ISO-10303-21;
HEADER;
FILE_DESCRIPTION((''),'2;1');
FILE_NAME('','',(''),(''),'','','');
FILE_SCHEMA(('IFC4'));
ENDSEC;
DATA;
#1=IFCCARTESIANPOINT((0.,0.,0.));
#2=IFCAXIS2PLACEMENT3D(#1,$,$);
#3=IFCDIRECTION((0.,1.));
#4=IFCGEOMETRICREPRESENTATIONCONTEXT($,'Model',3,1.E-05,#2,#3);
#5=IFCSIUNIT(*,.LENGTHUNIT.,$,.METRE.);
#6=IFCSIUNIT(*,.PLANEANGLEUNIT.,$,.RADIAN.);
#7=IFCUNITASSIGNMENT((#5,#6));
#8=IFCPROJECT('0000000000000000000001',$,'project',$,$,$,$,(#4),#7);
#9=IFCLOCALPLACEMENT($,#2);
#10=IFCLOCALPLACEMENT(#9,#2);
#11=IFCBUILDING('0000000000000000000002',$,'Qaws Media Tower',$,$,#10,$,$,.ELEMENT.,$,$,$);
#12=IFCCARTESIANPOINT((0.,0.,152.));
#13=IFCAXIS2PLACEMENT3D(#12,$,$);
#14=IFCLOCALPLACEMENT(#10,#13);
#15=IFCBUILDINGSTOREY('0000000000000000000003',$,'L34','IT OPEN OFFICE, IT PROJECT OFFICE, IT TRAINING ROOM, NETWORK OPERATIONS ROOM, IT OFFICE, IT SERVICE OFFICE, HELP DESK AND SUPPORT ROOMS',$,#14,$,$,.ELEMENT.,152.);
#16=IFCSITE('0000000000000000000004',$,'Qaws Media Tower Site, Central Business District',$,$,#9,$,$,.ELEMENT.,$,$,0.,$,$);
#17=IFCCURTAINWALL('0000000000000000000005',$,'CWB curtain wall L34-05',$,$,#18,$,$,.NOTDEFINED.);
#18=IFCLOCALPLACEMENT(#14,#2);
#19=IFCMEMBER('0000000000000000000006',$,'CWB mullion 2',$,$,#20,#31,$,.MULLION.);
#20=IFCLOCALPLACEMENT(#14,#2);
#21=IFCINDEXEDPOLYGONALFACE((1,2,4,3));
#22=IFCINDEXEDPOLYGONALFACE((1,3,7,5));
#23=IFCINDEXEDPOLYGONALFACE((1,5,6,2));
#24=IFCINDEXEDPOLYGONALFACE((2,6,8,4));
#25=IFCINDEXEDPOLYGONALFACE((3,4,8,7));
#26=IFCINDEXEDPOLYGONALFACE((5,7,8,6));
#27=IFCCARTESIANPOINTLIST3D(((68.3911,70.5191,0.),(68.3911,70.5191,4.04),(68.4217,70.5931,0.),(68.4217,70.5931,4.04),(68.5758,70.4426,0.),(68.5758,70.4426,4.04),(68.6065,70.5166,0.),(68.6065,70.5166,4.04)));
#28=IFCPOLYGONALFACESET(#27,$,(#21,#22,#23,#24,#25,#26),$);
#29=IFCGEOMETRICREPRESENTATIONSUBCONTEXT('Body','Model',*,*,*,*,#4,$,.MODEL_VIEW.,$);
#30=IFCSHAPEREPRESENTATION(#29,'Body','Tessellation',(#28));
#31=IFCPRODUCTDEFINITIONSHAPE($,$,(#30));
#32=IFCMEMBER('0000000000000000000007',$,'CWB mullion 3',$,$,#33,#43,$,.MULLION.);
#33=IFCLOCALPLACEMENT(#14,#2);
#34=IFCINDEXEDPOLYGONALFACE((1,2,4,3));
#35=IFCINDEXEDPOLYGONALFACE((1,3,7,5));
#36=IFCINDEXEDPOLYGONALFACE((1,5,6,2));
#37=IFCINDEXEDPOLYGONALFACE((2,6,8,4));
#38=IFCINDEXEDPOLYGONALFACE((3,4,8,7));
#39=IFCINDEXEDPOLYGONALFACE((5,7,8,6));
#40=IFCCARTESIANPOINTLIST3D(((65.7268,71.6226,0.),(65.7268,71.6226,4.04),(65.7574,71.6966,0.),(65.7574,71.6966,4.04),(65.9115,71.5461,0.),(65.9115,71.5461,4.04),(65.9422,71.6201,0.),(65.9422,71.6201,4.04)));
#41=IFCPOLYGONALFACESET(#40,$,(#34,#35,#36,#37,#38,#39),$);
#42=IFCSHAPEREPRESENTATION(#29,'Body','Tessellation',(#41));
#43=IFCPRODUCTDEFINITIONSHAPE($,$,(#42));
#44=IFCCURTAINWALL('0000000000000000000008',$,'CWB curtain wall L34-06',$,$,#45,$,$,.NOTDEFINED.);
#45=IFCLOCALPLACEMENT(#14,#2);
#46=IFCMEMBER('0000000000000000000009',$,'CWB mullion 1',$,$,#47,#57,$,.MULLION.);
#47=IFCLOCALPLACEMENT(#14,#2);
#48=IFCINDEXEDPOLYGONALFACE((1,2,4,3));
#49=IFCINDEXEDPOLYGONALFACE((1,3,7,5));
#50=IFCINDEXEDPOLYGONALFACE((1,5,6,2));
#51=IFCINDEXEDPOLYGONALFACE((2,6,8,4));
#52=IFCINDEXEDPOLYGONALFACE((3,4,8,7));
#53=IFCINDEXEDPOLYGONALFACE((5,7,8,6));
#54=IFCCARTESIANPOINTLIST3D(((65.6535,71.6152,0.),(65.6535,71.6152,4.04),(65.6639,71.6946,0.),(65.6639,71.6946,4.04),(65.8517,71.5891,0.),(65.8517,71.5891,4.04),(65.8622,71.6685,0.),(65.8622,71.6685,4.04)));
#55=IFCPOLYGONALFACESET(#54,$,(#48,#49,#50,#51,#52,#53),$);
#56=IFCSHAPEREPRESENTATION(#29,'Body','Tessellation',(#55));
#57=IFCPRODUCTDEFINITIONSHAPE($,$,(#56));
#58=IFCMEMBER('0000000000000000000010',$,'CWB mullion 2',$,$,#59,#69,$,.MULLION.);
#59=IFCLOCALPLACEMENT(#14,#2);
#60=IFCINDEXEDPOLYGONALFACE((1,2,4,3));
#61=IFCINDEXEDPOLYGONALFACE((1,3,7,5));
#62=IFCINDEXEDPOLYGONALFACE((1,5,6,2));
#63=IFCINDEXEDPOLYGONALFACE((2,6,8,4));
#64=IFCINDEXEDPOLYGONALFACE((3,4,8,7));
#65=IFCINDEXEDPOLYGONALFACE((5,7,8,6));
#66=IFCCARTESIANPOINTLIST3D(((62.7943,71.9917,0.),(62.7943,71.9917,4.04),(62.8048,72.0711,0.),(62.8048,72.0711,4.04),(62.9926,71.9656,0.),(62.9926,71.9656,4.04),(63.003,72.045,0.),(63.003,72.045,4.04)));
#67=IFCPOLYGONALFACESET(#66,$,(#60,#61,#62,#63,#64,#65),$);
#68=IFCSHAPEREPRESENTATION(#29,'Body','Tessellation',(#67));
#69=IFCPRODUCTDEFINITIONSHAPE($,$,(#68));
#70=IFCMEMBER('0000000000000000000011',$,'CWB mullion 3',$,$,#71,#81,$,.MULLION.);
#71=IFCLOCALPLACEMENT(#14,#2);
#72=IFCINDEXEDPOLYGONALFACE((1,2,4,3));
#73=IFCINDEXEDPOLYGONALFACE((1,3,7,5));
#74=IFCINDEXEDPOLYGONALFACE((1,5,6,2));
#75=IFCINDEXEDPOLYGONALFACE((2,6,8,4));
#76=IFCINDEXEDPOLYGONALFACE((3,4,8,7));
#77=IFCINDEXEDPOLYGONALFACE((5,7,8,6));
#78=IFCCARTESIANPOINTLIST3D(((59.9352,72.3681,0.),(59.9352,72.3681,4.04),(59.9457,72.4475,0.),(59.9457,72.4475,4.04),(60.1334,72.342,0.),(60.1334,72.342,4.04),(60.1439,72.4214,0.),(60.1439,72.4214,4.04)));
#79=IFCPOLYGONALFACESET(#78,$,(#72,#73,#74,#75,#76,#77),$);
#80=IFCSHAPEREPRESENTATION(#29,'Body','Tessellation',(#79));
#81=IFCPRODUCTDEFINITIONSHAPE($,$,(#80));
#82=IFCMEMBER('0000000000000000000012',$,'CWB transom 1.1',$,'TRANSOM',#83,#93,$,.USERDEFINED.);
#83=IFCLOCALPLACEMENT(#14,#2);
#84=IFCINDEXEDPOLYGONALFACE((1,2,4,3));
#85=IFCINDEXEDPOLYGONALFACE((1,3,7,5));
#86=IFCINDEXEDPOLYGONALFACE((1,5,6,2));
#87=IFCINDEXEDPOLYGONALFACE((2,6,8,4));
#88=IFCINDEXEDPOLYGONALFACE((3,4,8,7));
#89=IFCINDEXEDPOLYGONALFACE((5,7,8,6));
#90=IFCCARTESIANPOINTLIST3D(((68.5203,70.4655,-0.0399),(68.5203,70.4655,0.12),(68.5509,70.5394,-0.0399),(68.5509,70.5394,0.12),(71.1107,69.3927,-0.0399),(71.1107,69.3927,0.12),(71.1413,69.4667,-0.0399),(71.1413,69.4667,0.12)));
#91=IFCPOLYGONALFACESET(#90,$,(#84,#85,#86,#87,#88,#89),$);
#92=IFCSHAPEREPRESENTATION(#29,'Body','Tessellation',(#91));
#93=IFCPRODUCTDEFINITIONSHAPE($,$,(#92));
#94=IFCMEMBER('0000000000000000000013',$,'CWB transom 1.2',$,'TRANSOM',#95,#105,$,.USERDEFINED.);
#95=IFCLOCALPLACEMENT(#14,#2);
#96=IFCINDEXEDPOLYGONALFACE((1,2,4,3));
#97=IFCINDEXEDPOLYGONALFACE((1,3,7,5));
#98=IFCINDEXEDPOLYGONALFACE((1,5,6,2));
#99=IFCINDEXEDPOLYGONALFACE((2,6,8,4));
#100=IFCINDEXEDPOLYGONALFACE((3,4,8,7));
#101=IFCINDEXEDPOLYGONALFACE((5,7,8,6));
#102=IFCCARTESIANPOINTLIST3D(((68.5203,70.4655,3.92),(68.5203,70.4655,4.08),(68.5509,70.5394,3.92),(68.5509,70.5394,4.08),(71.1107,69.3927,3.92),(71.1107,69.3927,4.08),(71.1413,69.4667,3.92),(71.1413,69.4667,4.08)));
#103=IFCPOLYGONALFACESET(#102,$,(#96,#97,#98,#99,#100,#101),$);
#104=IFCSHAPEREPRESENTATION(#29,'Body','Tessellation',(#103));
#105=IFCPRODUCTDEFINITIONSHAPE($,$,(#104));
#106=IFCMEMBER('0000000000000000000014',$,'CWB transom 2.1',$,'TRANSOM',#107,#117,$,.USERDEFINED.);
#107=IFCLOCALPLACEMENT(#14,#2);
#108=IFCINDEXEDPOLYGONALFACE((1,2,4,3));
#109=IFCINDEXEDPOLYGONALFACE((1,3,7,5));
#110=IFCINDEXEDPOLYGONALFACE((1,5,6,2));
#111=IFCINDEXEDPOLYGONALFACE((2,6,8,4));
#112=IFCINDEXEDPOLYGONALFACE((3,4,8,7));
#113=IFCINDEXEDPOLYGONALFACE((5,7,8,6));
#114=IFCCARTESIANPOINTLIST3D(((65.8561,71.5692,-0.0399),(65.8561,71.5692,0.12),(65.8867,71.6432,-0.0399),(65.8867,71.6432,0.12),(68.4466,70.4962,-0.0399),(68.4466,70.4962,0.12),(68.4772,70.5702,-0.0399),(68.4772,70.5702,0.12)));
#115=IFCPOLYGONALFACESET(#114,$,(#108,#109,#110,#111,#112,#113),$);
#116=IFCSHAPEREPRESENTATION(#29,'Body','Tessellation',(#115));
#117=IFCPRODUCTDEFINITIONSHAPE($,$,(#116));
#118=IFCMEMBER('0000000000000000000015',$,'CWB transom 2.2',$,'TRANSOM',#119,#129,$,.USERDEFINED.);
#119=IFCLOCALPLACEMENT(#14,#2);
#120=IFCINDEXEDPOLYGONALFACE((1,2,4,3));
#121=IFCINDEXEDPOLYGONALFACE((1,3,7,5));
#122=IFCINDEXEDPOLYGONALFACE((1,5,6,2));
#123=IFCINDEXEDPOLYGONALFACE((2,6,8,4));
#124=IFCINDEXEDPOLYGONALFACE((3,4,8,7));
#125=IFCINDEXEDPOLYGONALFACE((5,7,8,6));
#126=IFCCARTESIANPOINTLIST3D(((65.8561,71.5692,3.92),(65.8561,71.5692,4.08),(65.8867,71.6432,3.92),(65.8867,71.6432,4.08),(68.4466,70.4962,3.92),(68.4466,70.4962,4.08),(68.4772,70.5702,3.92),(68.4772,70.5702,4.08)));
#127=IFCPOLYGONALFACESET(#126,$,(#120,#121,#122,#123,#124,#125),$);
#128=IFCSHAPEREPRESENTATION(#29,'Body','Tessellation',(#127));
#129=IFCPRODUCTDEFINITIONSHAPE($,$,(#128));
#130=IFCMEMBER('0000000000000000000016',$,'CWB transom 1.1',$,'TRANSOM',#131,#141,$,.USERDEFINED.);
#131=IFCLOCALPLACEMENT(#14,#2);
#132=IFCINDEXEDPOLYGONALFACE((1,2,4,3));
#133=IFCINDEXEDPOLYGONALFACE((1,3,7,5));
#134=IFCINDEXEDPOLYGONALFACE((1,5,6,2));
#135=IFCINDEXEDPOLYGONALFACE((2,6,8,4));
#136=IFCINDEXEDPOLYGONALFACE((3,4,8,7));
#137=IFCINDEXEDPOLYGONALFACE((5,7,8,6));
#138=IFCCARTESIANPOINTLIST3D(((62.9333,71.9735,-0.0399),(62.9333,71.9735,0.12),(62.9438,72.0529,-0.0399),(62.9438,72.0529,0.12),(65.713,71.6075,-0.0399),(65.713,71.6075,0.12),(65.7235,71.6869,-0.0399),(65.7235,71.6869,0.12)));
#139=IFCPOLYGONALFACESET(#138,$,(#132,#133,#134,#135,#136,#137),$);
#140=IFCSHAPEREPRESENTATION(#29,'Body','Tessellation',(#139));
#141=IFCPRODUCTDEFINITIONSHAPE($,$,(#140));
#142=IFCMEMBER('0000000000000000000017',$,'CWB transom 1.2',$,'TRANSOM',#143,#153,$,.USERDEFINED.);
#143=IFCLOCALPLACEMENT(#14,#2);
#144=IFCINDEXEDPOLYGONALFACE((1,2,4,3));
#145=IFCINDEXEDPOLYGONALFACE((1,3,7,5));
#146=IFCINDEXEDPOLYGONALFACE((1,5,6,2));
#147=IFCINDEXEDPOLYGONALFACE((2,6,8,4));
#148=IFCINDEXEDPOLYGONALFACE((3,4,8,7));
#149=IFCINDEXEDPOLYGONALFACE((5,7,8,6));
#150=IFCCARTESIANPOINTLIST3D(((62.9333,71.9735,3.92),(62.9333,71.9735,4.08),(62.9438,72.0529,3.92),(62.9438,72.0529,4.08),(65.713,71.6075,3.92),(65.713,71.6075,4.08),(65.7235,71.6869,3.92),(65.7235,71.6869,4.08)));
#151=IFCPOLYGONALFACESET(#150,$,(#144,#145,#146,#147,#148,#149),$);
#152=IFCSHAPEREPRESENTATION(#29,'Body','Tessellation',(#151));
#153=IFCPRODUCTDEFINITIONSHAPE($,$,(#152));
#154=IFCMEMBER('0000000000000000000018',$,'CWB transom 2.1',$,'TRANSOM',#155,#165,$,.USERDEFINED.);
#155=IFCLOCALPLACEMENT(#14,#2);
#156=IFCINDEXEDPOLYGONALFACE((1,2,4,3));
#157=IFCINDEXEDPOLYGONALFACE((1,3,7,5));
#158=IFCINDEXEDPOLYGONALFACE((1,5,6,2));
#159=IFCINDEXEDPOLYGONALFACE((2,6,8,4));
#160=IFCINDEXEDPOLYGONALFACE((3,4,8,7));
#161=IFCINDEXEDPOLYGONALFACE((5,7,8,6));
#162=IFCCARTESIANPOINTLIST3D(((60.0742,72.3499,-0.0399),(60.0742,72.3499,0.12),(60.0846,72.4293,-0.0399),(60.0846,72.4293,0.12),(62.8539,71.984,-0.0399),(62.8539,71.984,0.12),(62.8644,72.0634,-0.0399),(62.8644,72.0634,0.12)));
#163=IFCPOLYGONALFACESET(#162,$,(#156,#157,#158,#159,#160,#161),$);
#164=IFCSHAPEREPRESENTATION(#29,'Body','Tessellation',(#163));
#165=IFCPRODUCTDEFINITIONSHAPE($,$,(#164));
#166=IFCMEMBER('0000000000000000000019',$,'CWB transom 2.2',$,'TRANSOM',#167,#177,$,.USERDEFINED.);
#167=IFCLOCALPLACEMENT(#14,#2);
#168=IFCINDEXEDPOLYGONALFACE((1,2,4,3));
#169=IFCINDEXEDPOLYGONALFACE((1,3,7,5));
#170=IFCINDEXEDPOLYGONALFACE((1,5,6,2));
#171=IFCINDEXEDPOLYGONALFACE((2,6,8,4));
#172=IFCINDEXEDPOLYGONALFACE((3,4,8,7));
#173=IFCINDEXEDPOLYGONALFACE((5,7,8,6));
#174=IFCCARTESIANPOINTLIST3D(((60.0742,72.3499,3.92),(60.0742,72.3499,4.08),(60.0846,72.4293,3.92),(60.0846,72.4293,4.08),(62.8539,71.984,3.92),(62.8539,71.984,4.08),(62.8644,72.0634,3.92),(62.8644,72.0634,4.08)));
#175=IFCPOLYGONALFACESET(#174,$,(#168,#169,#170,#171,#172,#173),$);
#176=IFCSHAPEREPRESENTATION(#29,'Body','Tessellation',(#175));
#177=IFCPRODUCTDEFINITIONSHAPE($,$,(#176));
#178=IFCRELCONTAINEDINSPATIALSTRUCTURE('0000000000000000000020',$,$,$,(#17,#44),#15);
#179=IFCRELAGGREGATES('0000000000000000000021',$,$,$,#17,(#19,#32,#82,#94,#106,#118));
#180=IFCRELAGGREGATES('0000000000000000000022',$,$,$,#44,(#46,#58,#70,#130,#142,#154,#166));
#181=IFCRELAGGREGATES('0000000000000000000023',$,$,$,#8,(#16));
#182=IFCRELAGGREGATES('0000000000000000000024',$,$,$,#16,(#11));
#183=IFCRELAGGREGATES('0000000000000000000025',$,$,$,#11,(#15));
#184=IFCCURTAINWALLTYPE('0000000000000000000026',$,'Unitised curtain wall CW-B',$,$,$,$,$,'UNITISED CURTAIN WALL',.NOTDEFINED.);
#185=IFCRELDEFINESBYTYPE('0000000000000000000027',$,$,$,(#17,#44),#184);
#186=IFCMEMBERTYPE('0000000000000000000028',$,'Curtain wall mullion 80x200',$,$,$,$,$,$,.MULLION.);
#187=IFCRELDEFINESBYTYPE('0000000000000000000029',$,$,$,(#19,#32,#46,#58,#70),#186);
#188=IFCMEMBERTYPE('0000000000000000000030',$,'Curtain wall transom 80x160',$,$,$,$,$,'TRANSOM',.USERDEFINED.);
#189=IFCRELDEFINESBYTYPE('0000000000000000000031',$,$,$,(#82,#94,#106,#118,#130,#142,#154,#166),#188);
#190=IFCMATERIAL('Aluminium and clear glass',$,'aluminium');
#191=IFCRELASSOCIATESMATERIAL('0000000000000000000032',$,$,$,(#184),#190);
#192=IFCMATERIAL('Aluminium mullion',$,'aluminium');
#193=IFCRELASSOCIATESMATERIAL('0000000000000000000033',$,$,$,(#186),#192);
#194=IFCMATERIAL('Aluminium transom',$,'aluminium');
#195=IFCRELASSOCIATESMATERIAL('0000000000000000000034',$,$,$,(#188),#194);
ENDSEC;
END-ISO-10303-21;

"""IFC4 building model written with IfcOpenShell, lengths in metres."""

from ifc_helpers import new_model, si_unit, direction, frame, origin, origin_2d, place, context, subcontext, project, spatial, rectangle, extrude, material, material_profile, profile_set, type_object, element, aggregate, save


model = new_model("IFC4")

# Units and contexts
model_context = context("Model", 3, precision=1e-05, world=origin(), true_north=direction((0.0, 1.0)))
body_context = subcontext(model_context, "Body", "Model", "MODEL_VIEW")
ifc_project = project(units=[si_unit("LENGTHUNIT", "METRE"), si_unit("PLANEANGLEUNIT", "RADIAN")], contexts=[model_context])

# Site, building, storey
site_placement = place(None, origin())
site = spatial("IfcSite", under=ifc_project, at=site_placement, Name="Qaws Media Tower Site, Central Business District", CompositionType="ELEMENT", RefElevation=0.0)
building_placement = place(site_placement, origin())
building = spatial("IfcBuilding", under=site, at=building_placement, Name="Qaws Media Tower", CompositionType="ELEMENT")
storey_placement = place(building_placement, frame((0.0, 0.0, 152.0)))
storey = spatial("IfcBuildingStorey", under=building, at=storey_placement, Name="L34", Description="IT OPEN OFFICE, IT PROJECT OFFICE, IT TRAINING ROOM, NETWORK OPERATIONS ROOM, IT OFFICE, IT SERVICE OFFICE, HELP DESK AND SUPPORT ROOMS", CompositionType="ELEMENT", Elevation=152.0)

# Curtain walls, members
ifc_material_1 = material(Name="Aluminium and clear glass", Category="aluminium")
curtain_wall_type = type_object("IfcCurtainWallType", Name="Unitised curtain wall CW-B", ElementType="UNITISED CURTAIN WALL", PredefinedType="NOTDEFINED", material=ifc_material_1)
curtain_wall_1_placement = place(storey_placement, origin())
curtain_wall_1 = element("IfcCurtainWall", 1, at=curtain_wall_1_placement, inside=storey, type_object=curtain_wall_type, Name="CWB curtain wall L34-05", PredefinedType="NOTDEFINED")
ifc_material_2 = material(Name="Aluminium mullion", Category="aluminium")
ifc_material_profile_1 = material_profile(ifc_material_2, rectangle(XDim=0.0801, YDim=0.2, at=origin_2d()), Name="80x200")
ifc_profile_set_1 = profile_set([ifc_material_profile_1], Name="Aluminium mullion")
member_type_1 = type_object("IfcMemberType", Name="Curtain wall mullion 80x200", PredefinedType="MULLION", material=ifc_profile_set_1)
member_1_placement = place(storey_placement, frame((68.4988, 70.5178, 0.0), z_axis=(0.0, 0.0, 1.0), x_axis=(-0.382684, -0.923879, 0.0)))
member_1 = element("IfcMember", 2, at=member_1_placement, type_object=member_type_1, Name="CWB mullion 2", PredefinedType="MULLION", context=body_context, shape_type="SweptSolid", body=[
    extrude(rectangle(XDim=0.0801, YDim=0.2, at=origin_2d()), origin(), (0.0, 0.0, 1.0), 4.04),
])
member_2_placement = place(storey_placement, frame((65.8345, 71.6213, 0.0), z_axis=(0.0, 0.0, 1.0), x_axis=(-0.382684, -0.923879, 0.0)))
member_2 = element("IfcMember", 3, at=member_2_placement, type_object=member_type_1, Name="CWB mullion 3", PredefinedType="MULLION", context=body_context, shape_type="SweptSolid", body=[
    extrude(rectangle(XDim=0.0801, YDim=0.2, at=origin_2d()), origin(), (0.0, 0.0, 1.0), 4.04),
])
curtain_wall_2_placement = place(storey_placement, origin())
curtain_wall_2 = element("IfcCurtainWall", 4, at=curtain_wall_2_placement, inside=storey, type_object=curtain_wall_type, Name="CWB curtain wall L34-06", PredefinedType="NOTDEFINED")
member_3_placement = place(storey_placement, frame((65.7578, 71.6418, 0.0), z_axis=(0.0, 0.0, 1.0), x_axis=(-0.130526, -0.991445, 0.0)))
member_3 = element("IfcMember", 5, at=member_3_placement, type_object=member_type_1, Name="CWB mullion 1", PredefinedType="MULLION", context=body_context, shape_type="SweptSolid", body=[
    extrude(rectangle(XDim=0.0801, YDim=0.2, at=origin_2d()), origin(), (0.0, 0.0, 1.0), 4.04),
])
member_4_placement = place(storey_placement, frame((62.8987, 72.0183, 0.0), z_axis=(0.0, 0.0, 1.0), x_axis=(-0.130526, -0.991445, 0.0)))
member_4 = element("IfcMember", 6, at=member_4_placement, type_object=member_type_1, Name="CWB mullion 2", PredefinedType="MULLION", context=body_context, shape_type="SweptSolid", body=[
    extrude(rectangle(XDim=0.0801, YDim=0.2, at=origin_2d()), origin(), (0.0, 0.0, 1.0), 4.04),
])
member_5_placement = place(storey_placement, frame((60.0396, 72.3948, 0.0), z_axis=(0.0, 0.0, 1.0), x_axis=(-0.130526, -0.991445, 0.0)))
member_5 = element("IfcMember", 7, at=member_5_placement, type_object=member_type_1, Name="CWB mullion 3", PredefinedType="MULLION", context=body_context, shape_type="SweptSolid", body=[
    extrude(rectangle(XDim=0.0801, YDim=0.2, at=origin_2d()), origin(), (0.0, 0.0, 1.0), 4.04),
])

# Members
ifc_material_3 = material(Name="Aluminium transom", Category="aluminium")
ifc_material_profile_2 = material_profile(ifc_material_3, rectangle(XDim=0.0801, YDim=0.1599, at=origin_2d()), Name="80x160")
ifc_profile_set_2 = profile_set([ifc_material_profile_2], Name="Aluminium transom")
member_type_2 = type_object("IfcMemberType", Name="Curtain wall transom 80x160", ElementType="TRANSOM", PredefinedType="USERDEFINED", material=ifc_profile_set_2)
member_6_placement = place(storey_placement, frame((71.126, 69.4297, 0.04), z_axis=(-0.923904, 0.382624, 0.0), x_axis=(-0.382624, -0.923904, 0.0)))
member_6 = element("IfcMember", 8, at=member_6_placement, type_object=member_type_2, Name="CWB transom 1.1", ObjectType="TRANSOM", PredefinedType="USERDEFINED", context=body_context, shape_type="SweptSolid", body=[
    extrude(rectangle(XDim=0.0801, YDim=0.1599, at=origin_2d()), origin(), (0.0, 0.0, 1.0), 2.8037),
])
member_7_placement = place(storey_placement, frame((71.126, 69.4297, 4.0), z_axis=(-0.923904, 0.382624, 0.0), x_axis=(-0.382624, -0.923904, 0.0)))
member_7 = element("IfcMember", 9, at=member_7_placement, type_object=member_type_2, Name="CWB transom 1.2", ObjectType="TRANSOM", PredefinedType="USERDEFINED", context=body_context, shape_type="SweptSolid", body=[
    extrude(rectangle(XDim=0.0801, YDim=0.1599, at=origin_2d()), origin(), (0.0, 0.0, 1.0), 2.8037),
])
member_8_placement = place(storey_placement, frame((68.4619, 70.5332, 0.04), z_axis=(-0.923886, 0.382667, 0.0), x_axis=(-0.382667, -0.923886, 0.0)))
member_8 = element("IfcMember", 10, at=member_8_placement, type_object=member_type_2, Name="CWB transom 2.1", ObjectType="TRANSOM", PredefinedType="USERDEFINED", context=body_context, shape_type="SweptSolid", body=[
    extrude(rectangle(XDim=0.0801, YDim=0.1599, at=origin_2d()), origin(), (0.0, 0.0, 1.0), 2.804),
])
member_9_placement = place(storey_placement, frame((68.4619, 70.5332, 4.0), z_axis=(-0.923886, 0.382667, 0.0), x_axis=(-0.382667, -0.923886, 0.0)))
member_9 = element("IfcMember", 11, at=member_9_placement, type_object=member_type_2, Name="CWB transom 2.2", ObjectType="TRANSOM", PredefinedType="USERDEFINED", context=body_context, shape_type="SweptSolid", body=[
    extrude(rectangle(XDim=0.0801, YDim=0.1599, at=origin_2d()), origin(), (0.0, 0.0, 1.0), 2.804),
])
member_10_placement = place(storey_placement, frame((65.7183, 71.6472, 0.04), z_axis=(-0.991445, 0.130527, 0.0), x_axis=(-0.130527, -0.991445, 0.0)))
member_10 = element("IfcMember", 12, at=member_10_placement, type_object=member_type_2, Name="CWB transom 1.1", ObjectType="TRANSOM", PredefinedType="USERDEFINED", context=body_context, shape_type="SweptSolid", body=[
    extrude(rectangle(XDim=0.0801, YDim=0.1599, at=origin_2d()), origin(), (0.0, 0.0, 1.0), 2.8037),
])
member_11_placement = place(storey_placement, frame((65.7183, 71.6472, 4.0), z_axis=(-0.991445, 0.130527, 0.0), x_axis=(-0.130527, -0.991445, 0.0)))
member_11 = element("IfcMember", 13, at=member_11_placement, type_object=member_type_2, Name="CWB transom 1.2", ObjectType="TRANSOM", PredefinedType="USERDEFINED", context=body_context, shape_type="SweptSolid", body=[
    extrude(rectangle(XDim=0.0801, YDim=0.1599, at=origin_2d()), origin(), (0.0, 0.0, 1.0), 2.8037),
])
member_12_placement = place(storey_placement, frame((62.8591, 72.0237, 0.04), z_axis=(-0.991445, 0.130527, 0.0), x_axis=(-0.130527, -0.991445, 0.0)))
member_12 = element("IfcMember", 14, at=member_12_placement, type_object=member_type_2, Name="CWB transom 2.1", ObjectType="TRANSOM", PredefinedType="USERDEFINED", context=body_context, shape_type="SweptSolid", body=[
    extrude(rectangle(XDim=0.0801, YDim=0.1599, at=origin_2d()), origin(), (0.0, 0.0, 1.0), 2.8037),
])
member_13_placement = place(storey_placement, frame((62.8591, 72.0237, 4.0), z_axis=(-0.991445, 0.130527, 0.0), x_axis=(-0.130527, -0.991445, 0.0)))
member_13 = element("IfcMember", 15, at=member_13_placement, type_object=member_type_2, Name="CWB transom 2.2", ObjectType="TRANSOM", PredefinedType="USERDEFINED", context=body_context, shape_type="SweptSolid", body=[
    extrude(rectangle(XDim=0.0801, YDim=0.1599, at=origin_2d()), origin(), (0.0, 0.0, 1.0), 2.8037),
])

aggregate(curtain_wall_1, [member_1, member_2, member_6, member_7, member_8, member_9])
aggregate(curtain_wall_2, [member_3, member_4, member_5, member_10, member_11, member_12, member_13])

save(model, "model.ifc")
